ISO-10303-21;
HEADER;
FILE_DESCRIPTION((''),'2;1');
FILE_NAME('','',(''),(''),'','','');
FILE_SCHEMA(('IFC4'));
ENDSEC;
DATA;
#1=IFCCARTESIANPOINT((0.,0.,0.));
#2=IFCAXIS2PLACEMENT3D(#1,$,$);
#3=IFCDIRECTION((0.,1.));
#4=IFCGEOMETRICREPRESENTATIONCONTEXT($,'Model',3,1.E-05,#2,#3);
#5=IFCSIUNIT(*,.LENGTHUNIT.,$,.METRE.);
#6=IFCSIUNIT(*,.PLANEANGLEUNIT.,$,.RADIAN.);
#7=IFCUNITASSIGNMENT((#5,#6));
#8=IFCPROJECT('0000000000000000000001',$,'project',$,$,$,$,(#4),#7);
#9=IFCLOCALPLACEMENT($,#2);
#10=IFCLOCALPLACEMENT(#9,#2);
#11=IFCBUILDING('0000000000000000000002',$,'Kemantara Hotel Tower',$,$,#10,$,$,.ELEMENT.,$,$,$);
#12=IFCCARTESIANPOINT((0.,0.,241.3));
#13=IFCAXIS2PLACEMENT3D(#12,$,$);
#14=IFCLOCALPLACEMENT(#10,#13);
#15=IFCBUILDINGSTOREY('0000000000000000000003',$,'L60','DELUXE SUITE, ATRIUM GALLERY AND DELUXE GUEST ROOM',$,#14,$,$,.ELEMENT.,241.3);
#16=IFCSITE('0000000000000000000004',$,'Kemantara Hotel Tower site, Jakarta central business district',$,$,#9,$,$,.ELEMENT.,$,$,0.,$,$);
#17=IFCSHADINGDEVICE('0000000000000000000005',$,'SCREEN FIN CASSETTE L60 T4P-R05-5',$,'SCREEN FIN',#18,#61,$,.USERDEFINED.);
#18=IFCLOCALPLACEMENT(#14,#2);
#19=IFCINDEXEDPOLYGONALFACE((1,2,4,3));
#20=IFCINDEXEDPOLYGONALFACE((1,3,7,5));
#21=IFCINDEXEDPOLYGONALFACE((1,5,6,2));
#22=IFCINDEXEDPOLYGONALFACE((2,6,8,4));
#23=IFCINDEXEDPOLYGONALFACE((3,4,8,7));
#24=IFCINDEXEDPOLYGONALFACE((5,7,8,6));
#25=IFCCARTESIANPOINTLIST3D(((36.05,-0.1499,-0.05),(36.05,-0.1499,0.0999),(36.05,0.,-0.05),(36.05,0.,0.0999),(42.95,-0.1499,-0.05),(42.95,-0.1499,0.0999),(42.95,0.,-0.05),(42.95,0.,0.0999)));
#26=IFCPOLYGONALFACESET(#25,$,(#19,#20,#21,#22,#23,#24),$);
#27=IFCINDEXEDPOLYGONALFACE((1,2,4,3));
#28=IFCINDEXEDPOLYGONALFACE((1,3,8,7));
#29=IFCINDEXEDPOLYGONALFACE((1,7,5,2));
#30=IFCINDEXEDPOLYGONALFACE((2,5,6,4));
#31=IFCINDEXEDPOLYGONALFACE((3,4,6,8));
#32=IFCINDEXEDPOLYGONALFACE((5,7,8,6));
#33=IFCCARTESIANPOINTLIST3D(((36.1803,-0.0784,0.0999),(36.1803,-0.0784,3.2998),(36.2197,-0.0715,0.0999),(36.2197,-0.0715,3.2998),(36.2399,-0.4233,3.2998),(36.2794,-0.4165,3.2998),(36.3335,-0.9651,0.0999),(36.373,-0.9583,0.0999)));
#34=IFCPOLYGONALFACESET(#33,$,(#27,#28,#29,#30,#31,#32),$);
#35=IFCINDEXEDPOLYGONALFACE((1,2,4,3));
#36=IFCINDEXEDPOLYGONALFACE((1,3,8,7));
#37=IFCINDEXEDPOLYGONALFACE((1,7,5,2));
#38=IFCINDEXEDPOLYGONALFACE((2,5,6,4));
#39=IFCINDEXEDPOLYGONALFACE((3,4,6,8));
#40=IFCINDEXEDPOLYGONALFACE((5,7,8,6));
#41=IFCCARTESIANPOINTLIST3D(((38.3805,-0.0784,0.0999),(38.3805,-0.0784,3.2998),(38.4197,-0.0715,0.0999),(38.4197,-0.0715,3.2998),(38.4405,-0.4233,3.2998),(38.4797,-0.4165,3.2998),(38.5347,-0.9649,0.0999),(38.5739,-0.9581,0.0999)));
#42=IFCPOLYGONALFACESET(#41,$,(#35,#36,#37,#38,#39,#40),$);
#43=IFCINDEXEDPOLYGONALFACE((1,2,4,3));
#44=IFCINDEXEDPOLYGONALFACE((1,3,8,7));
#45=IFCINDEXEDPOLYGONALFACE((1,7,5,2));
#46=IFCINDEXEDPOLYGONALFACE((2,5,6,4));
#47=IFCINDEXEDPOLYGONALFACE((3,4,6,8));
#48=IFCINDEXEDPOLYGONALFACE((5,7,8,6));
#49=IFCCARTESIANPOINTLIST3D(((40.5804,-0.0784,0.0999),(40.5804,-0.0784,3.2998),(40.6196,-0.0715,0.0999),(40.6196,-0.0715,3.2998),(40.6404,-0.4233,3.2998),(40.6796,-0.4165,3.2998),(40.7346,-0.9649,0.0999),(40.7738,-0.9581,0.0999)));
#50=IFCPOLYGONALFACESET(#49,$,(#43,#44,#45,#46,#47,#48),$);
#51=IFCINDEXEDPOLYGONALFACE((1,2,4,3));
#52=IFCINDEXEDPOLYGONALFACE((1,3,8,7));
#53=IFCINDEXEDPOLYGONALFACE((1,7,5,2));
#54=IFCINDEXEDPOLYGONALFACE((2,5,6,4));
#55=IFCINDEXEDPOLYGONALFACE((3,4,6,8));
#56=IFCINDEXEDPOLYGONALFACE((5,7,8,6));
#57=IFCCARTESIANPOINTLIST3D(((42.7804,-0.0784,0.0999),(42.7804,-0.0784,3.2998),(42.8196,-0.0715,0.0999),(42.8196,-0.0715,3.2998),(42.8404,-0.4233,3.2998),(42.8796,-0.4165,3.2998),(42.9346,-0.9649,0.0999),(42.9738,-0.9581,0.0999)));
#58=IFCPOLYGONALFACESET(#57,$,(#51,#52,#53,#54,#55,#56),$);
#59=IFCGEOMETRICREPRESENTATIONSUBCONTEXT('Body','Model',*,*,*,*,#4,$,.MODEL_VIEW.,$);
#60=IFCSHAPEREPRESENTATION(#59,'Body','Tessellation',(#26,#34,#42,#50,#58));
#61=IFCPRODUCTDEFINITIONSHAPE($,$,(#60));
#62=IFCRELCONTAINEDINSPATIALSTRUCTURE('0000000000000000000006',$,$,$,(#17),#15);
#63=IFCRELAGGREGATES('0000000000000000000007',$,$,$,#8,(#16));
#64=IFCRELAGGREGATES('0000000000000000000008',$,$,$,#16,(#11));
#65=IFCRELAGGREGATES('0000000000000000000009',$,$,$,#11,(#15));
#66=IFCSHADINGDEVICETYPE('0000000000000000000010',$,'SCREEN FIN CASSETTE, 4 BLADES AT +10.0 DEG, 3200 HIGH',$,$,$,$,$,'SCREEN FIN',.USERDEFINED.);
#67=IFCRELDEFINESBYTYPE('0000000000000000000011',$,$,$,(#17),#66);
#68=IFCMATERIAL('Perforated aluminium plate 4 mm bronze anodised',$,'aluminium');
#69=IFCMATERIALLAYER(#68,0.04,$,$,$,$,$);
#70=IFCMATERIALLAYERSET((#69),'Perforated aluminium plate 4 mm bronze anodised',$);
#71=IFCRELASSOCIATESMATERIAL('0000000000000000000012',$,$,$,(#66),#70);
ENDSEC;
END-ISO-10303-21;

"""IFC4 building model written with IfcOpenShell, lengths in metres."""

from ifc_helpers import new_model, si_unit, direction, frame, origin, origin_2d, place, context, subcontext, project, spatial, polyline, rectangle, outline, extrude, source, transform, mapped, material, layer, layer_set, type_object, element, save


model = new_model("IFC4")

# Units and contexts
model_context = context("Model", 3, precision=1e-05, world=origin(), true_north=direction((0.0, 1.0)))
body_context = subcontext(model_context, "Body", "Model", "MODEL_VIEW")
ifc_project = project(units=[si_unit("LENGTHUNIT", "METRE"), si_unit("PLANEANGLEUNIT", "RADIAN")], contexts=[model_context])

# Site, building, storey
site_placement = place(None, origin())
site = spatial("IfcSite", under=ifc_project, at=site_placement, Name="Kemantara Hotel Tower site, Jakarta central business district", CompositionType="ELEMENT", RefElevation=0.0)
building_placement = place(site_placement, origin())
building = spatial("IfcBuilding", under=site, at=building_placement, Name="Kemantara Hotel Tower", CompositionType="ELEMENT")
storey_placement = place(building_placement, frame((0.0, 0.0, 241.3)))
storey = spatial("IfcBuildingStorey", under=building, at=storey_placement, Name="L60", Description="DELUXE SUITE, ATRIUM GALLERY AND DELUXE GUEST ROOM", CompositionType="ELEMENT", Elevation=241.3)

# Shading device
ifc_material_1 = material(Name="Perforated aluminium plate 4 mm bronze anodised", Category="aluminium")
ifc_layer_1 = layer(ifc_material_1, 0.04)
ifc_layer_set_1 = layer_set([ifc_layer_1], Name="Perforated aluminium plate 4 mm bronze anodised")
shading_device_type = type_object("IfcShadingDeviceType", Name="SCREEN FIN CASSETTE, 4 BLADES AT +10.0 DEG, 3200 HIGH", ElementType="SCREEN FIN", PredefinedType="USERDEFINED", material=ifc_layer_set_1)
shared_shape = source(origin(), body_context, "Body", "SweptSolid", [
    extrude(rectangle(XDim=6.8999, YDim=0.1499, at=origin_2d()), frame((3.3, -0.075, -0.1499), z_axis=(0.0, 0.0, 1.0), x_axis=(1.0, 0.0, 0.0)), (0.0, 0.0, 1.0), 0.1499),
    extrude(outline(polyline([(0.0, 0.0), (0.8999, 0.0), (0.3501, 3.2), (0.0, 3.2), (0.0, 0.0)])), frame((0.0198, -0.0715, 0.0), z_axis=(-0.98539, -0.170314, 0.0), x_axis=(0.170314, -0.98539, 0.0)), (0.0, 0.0, 1.0), 0.04),
    extrude(outline(polyline([(0.0, 0.0), (0.8999, 0.0), (0.3501, 3.2), (0.0, 3.2), (0.0, 0.0)])), frame((2.2197, -0.0715, 0.0), z_axis=(-0.985212, -0.171341, 0.0), x_axis=(0.171341, -0.985212, 0.0)), (0.0, 0.0, 1.0), 0.0398),
    extrude(outline(polyline([(0.0, 0.0), (0.8999, 0.0), (0.3501, 3.2), (0.0, 3.2), (0.0, 0.0)])), frame((4.4197, -0.0715, 0.0), z_axis=(-0.985212, -0.171341, 0.0), x_axis=(0.171341, -0.985212, 0.0)), (0.0, 0.0, 1.0), 0.0398),
    extrude(outline(polyline([(0.0, 0.0), (0.8999, 0.0), (0.3501, 3.2), (0.0, 3.2), (0.0, 0.0)])), frame((6.6196, -0.0715, 0.0), z_axis=(-0.985212, -0.171341, 0.0), x_axis=(0.171341, -0.985212, 0.0)), (0.0, 0.0, 1.0), 0.0398),
])
shading_device_placement = place(storey_placement, frame((36.2, 0.0, 0.0999), z_axis=(0.0, 0.0, 1.0), x_axis=(1.0, 0.0, 0.0)))
element("IfcShadingDevice", 1, at=shading_device_placement, inside=storey, type_object=shading_device_type, Name="SCREEN FIN CASSETTE L60 T4P-R05-5", ObjectType="SCREEN FIN", PredefinedType="USERDEFINED", context=body_context, shape_type="MappedRepresentation", body=[
    mapped(shared_shape, transform((0.0, 0.0, 0.0))),
])

save(model, "model.ifc")
